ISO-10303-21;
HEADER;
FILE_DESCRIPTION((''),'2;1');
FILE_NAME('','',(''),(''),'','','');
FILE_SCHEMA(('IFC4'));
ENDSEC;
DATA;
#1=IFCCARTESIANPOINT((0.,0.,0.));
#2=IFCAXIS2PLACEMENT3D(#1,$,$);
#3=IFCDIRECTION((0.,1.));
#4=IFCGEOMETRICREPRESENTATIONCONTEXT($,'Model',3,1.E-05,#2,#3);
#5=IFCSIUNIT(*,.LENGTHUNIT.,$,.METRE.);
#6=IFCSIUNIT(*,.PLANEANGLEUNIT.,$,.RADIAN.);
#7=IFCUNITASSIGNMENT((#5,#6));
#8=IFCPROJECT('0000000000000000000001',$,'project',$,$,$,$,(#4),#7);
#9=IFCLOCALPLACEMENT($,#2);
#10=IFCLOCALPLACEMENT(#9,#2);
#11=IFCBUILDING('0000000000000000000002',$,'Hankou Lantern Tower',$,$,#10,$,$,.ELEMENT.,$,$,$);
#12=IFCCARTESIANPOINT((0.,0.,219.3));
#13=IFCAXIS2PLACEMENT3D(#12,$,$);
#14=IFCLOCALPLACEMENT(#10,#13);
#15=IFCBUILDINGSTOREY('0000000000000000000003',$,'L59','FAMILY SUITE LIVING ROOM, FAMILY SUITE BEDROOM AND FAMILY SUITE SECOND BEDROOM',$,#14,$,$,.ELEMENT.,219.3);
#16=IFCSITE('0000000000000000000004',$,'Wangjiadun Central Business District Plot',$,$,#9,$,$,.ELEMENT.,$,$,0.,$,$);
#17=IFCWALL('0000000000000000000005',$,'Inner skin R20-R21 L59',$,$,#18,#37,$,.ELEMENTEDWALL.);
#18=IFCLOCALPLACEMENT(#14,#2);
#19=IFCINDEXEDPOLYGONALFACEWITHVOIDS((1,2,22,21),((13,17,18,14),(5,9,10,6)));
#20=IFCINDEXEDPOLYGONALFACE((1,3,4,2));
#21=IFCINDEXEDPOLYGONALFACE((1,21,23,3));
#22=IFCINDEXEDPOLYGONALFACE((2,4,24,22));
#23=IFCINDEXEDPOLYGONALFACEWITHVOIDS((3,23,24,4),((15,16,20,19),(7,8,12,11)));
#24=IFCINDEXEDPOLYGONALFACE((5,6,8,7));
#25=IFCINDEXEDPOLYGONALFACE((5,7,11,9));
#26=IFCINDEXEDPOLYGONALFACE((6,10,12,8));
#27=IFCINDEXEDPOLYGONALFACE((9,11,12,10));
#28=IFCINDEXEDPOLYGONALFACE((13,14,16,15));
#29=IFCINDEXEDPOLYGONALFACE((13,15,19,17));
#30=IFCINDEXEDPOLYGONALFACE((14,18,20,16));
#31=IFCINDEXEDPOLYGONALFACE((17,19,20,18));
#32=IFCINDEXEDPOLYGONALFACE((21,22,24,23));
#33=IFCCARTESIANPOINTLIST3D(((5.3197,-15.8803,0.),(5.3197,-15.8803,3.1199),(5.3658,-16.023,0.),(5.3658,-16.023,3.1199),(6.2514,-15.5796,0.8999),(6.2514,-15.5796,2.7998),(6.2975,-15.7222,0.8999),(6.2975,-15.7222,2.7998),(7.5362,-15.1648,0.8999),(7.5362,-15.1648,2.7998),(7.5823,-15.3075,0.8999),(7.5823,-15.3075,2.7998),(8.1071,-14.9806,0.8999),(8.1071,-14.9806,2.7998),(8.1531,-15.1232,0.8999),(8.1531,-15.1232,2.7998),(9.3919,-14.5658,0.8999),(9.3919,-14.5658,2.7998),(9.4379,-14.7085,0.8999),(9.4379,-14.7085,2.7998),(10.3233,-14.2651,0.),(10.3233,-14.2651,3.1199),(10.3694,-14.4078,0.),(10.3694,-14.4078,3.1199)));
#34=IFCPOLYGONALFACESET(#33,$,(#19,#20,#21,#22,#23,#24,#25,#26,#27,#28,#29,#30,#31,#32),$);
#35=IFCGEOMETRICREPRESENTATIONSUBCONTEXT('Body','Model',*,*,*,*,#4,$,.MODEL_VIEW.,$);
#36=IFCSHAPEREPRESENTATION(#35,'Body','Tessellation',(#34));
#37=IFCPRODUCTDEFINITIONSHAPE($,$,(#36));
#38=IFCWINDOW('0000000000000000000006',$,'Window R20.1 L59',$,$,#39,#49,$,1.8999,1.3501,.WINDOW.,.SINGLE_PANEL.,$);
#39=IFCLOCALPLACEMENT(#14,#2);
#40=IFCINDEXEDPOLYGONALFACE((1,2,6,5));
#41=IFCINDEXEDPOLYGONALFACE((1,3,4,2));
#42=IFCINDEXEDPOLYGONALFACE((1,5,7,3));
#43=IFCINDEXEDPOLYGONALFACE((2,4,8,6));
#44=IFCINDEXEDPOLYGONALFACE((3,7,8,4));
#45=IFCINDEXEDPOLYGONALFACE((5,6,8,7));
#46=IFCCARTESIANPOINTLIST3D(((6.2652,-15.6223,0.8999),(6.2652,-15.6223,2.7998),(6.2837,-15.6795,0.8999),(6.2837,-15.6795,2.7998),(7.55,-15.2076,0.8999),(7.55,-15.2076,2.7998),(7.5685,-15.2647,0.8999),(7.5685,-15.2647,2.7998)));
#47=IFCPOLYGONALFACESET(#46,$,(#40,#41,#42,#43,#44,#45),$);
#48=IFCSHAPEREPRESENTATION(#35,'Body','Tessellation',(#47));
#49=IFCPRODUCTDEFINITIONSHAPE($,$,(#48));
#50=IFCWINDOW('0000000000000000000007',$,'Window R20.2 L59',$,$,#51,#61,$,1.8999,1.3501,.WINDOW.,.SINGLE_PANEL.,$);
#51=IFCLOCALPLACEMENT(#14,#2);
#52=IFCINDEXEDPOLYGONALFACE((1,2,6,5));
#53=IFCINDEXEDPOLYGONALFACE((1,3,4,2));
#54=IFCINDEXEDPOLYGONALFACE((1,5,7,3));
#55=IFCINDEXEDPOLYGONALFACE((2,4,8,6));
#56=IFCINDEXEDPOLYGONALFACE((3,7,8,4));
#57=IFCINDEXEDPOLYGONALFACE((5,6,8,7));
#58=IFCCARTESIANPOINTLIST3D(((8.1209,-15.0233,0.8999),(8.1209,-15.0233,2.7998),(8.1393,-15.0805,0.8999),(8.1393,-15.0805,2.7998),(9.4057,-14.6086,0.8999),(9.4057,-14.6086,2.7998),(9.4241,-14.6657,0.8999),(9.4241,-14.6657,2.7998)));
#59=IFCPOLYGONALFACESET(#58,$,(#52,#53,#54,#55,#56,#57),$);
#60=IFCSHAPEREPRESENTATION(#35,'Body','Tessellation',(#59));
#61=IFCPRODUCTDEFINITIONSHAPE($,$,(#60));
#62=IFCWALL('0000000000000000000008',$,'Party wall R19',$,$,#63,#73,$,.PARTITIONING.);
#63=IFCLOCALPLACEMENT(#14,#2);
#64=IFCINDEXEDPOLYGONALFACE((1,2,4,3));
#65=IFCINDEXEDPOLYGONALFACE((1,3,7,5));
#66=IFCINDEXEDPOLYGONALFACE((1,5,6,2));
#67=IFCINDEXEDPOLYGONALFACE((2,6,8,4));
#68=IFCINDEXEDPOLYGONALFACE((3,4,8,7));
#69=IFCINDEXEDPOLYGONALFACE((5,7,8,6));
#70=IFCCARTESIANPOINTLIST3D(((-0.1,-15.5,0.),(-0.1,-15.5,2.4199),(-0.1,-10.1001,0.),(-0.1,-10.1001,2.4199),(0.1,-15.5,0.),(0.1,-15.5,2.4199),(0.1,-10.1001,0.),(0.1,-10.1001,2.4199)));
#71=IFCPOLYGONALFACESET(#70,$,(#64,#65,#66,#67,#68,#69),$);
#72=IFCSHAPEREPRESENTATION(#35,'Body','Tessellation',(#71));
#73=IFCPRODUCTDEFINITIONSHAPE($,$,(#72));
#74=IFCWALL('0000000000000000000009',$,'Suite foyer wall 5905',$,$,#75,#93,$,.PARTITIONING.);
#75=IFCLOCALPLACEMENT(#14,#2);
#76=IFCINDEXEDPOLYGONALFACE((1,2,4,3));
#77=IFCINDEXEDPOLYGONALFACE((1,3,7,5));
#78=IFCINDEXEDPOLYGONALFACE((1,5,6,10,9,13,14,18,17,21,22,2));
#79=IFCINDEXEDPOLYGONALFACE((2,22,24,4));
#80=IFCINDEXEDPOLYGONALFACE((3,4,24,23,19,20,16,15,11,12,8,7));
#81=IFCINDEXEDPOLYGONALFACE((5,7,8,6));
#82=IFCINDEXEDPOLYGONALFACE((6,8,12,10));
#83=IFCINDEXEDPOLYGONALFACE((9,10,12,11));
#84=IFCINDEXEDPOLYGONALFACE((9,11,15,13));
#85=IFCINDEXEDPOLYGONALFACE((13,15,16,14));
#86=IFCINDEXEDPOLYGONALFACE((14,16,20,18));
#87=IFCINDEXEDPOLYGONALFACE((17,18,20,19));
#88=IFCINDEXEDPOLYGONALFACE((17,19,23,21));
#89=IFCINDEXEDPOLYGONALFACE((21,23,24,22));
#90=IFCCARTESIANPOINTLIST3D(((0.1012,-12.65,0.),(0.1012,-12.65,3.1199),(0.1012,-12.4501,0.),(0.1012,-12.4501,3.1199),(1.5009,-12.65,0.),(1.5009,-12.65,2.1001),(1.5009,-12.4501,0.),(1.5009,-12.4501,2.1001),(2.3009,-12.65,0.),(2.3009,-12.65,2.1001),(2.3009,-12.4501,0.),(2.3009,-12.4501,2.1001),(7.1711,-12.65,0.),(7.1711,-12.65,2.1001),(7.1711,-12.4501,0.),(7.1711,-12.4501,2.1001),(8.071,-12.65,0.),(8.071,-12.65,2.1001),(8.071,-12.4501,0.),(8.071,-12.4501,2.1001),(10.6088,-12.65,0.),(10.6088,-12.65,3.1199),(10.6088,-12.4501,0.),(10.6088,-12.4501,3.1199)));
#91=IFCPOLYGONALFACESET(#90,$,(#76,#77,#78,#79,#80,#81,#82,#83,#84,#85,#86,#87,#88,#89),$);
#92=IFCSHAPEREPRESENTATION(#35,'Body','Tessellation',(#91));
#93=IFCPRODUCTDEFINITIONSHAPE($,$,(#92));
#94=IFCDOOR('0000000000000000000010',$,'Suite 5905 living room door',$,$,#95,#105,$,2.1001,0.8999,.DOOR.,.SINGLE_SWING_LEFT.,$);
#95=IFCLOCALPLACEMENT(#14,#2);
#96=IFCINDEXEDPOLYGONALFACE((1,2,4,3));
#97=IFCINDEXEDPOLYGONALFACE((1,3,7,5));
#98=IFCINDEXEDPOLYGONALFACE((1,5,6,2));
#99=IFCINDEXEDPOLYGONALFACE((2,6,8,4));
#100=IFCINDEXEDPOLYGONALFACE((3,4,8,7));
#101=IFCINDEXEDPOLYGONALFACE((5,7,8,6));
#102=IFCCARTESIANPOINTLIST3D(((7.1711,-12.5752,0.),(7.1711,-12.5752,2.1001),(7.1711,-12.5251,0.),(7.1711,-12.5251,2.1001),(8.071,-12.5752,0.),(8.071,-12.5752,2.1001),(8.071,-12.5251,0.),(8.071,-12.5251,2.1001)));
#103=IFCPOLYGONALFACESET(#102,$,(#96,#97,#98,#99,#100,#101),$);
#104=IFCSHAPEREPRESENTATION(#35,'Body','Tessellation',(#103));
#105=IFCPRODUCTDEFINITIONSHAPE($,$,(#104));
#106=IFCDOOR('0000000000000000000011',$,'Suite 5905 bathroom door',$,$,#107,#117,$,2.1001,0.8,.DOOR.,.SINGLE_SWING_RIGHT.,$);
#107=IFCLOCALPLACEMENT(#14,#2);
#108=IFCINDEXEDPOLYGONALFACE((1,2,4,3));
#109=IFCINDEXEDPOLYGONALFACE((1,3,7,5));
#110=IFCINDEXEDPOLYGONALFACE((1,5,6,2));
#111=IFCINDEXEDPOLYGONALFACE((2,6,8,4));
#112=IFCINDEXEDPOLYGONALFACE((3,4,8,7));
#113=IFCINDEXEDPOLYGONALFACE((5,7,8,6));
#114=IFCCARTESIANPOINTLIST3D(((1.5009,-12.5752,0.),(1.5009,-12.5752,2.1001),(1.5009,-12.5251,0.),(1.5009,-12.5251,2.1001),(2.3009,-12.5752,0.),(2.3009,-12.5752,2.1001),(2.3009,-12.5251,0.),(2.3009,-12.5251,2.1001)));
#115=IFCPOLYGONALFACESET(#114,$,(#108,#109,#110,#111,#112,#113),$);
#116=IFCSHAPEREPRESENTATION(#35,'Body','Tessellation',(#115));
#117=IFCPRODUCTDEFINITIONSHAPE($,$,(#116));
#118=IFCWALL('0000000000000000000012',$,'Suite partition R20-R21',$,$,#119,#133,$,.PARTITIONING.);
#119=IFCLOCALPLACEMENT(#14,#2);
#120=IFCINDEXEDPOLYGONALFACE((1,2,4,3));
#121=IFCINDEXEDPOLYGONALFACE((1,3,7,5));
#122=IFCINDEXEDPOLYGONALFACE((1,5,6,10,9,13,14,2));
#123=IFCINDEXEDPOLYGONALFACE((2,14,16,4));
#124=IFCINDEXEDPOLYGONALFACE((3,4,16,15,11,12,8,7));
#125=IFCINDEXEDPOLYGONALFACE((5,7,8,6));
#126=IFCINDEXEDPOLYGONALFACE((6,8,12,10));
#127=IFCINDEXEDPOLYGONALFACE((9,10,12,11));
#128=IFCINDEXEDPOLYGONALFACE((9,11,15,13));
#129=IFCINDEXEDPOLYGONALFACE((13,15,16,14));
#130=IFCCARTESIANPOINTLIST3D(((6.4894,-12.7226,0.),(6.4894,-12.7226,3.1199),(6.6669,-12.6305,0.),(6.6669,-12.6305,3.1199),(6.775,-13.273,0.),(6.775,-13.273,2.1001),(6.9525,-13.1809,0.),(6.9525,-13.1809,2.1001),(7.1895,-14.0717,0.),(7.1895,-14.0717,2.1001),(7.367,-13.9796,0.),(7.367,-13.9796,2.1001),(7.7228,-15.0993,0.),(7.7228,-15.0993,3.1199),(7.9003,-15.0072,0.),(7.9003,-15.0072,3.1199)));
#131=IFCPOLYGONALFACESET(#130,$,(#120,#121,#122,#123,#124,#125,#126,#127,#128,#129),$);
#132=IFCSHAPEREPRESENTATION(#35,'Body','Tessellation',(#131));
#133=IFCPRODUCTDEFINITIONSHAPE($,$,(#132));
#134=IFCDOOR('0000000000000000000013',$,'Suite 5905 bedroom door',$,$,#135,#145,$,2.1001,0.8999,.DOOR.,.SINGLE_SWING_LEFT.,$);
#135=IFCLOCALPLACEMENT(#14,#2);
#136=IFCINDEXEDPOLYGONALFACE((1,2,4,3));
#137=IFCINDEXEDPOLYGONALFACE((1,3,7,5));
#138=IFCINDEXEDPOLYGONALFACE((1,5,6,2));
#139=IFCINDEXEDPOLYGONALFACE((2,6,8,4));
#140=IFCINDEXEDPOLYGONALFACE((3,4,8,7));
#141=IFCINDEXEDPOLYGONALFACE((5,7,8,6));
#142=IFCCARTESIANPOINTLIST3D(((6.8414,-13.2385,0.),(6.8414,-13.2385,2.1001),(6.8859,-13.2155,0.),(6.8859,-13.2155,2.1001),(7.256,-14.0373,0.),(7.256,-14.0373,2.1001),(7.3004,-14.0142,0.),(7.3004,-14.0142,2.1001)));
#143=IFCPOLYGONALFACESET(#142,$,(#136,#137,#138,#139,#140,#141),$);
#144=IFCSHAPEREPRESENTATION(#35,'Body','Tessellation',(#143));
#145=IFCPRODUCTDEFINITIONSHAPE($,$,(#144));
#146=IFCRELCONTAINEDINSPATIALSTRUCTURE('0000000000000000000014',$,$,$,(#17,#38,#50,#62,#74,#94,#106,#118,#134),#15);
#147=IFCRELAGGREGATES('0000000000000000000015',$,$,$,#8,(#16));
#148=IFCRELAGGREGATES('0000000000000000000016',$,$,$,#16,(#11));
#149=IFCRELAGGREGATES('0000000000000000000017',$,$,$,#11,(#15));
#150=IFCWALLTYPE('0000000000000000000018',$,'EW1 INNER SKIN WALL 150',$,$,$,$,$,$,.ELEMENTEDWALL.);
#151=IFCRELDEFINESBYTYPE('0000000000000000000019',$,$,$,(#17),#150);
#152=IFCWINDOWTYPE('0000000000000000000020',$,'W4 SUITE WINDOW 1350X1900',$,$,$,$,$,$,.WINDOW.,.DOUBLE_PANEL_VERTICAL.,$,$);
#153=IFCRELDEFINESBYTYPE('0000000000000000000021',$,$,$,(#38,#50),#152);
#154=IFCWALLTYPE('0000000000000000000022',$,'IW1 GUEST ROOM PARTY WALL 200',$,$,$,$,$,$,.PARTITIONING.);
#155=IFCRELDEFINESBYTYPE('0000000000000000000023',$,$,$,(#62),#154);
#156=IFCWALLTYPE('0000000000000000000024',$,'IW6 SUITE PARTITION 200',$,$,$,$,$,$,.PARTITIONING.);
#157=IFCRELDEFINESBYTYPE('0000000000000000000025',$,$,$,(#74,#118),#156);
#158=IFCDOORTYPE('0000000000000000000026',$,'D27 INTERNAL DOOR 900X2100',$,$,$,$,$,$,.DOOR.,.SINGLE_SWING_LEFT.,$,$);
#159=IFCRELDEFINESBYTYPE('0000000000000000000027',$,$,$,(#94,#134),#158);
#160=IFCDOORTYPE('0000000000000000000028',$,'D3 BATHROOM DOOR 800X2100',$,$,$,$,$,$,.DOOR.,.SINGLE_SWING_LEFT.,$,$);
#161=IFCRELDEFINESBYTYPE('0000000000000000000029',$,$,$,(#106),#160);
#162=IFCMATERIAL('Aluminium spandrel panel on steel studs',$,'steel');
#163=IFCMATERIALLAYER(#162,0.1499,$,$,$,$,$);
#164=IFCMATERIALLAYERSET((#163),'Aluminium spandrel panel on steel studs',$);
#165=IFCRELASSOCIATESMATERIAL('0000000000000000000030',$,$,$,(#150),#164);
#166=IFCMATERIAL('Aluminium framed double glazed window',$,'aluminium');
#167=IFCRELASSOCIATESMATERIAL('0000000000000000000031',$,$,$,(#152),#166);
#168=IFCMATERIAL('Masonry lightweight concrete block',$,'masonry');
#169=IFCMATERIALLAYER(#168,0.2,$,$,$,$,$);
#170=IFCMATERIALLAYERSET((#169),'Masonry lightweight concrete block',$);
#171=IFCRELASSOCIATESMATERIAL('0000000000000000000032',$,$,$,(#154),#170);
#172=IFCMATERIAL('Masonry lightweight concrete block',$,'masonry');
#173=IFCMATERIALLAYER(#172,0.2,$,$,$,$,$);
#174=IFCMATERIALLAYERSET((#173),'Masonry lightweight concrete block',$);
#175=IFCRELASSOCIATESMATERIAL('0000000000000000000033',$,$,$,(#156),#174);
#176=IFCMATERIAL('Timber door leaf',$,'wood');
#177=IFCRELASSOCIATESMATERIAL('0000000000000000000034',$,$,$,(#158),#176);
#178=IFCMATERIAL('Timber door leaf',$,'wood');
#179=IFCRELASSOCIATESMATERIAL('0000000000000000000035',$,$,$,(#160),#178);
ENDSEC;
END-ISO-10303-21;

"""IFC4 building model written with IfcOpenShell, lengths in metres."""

from ifc_helpers import new_model, si_unit, direction, frame, frame_2d, origin, place, context, subcontext, project, spatial, rectangle, extrude, material, layer, layer_set, type_object, element, fill, save


model = new_model("IFC4")

# Units and contexts
model_context = context("Model", 3, precision=1e-05, world=origin(), true_north=direction((0.0, 1.0)))
body_context = subcontext(model_context, "Body", "Model", "MODEL_VIEW")
ifc_project = project(units=[si_unit("LENGTHUNIT", "METRE"), si_unit("PLANEANGLEUNIT", "RADIAN")], contexts=[model_context])

# Site, building, storey
site_placement = place(None, origin())
site = spatial("IfcSite", under=ifc_project, at=site_placement, Name="Wangjiadun Central Business District Plot", CompositionType="ELEMENT", RefElevation=0.0)
building_placement = place(site_placement, origin())
building = spatial("IfcBuilding", under=site, at=building_placement, Name="Hankou Lantern Tower", CompositionType="ELEMENT")
storey_placement = place(building_placement, frame((0.0, 0.0, 219.3)))
storey = spatial("IfcBuildingStorey", under=building, at=storey_placement, Name="L59", Description="FAMILY SUITE LIVING ROOM, FAMILY SUITE BEDROOM AND FAMILY SUITE SECOND BEDROOM", CompositionType="ELEMENT", Elevation=219.3)

# Wall, openings, windows
ifc_material_1 = material(Name="Aluminium spandrel panel on steel studs", Category="steel")
ifc_layer_1 = layer(ifc_material_1, 0.1499)
ifc_layer_set_1 = layer_set([ifc_layer_1], Name="Aluminium spandrel panel on steel studs")
wall_type_1 = type_object("IfcWallType", Name="EW1 INNER SKIN WALL 150", PredefinedType="ELEMENTEDWALL", material=ifc_layer_set_1)
ifc_material_2 = material(Name="Aluminium framed double glazed window", Category="aluminium")
window_type = type_object("IfcWindowType", Name="W4 SUITE WINDOW 1350X1900", PartitioningType="DOUBLE_PANEL_VERTICAL", PredefinedType="WINDOW", material=ifc_material_2)
wall_1_placement = place(storey_placement, frame((5.3428, -15.9517, 0.0), z_axis=(0.0, 0.0, 1.0), x_axis=(0.951645, 0.307201, 0.0)))
wall_1 = element("IfcWall", 1, at=wall_1_placement, inside=storey, type_object=wall_type_1, Name="Inner skin R20-R21 L59", PredefinedType="ELEMENTEDWALL", context=body_context, shape_type="SweptSolid", body=[
    extrude(rectangle(XDim=5.2578, YDim=0.1499, at=frame_2d((2.6289, 0.0))), origin(), (0.0, 0.0, 1.0), 3.1199),
])
opening_1_placement = place(wall_1_placement, frame((0.979, 0.0, 0.8999)))
opening_1 = element("IfcOpeningElement", 2, at=opening_1_placement, cuts=wall_1, PredefinedType="OPENING", context=body_context, shape_type="SweptSolid", body=[
    extrude(rectangle(XDim=1.3501, YDim=1.8999, at=frame_2d((0.675, 0.95))), frame((0.0, 0.085, 0.0), z_axis=(0.0, -1.0, 0.0), x_axis=(1.0, 0.0, 0.0)), (0.0, 0.0, 1.0), 0.1699),
])
opening_2_placement = place(wall_1_placement, frame((2.929, 0.0, 0.8999)))
opening_2 = element("IfcOpeningElement", 3, at=opening_2_placement, cuts=wall_1, PredefinedType="OPENING", context=body_context, shape_type="SweptSolid", body=[
    extrude(rectangle(XDim=1.3501, YDim=1.8999, at=frame_2d((0.675, 0.95))), frame((0.0, 0.085, 0.0), z_axis=(0.0, -1.0, 0.0), x_axis=(1.0, 0.0, 0.0)), (0.0, 0.0, 1.0), 0.1699),
])
window_1_placement = place(opening_1_placement, origin())
window_1 = element("IfcWindow", 4, at=window_1_placement, inside=storey, type_object=window_type, Name="Window R20.1 L59", OverallHeight=1.8999, OverallWidth=1.3501, PartitioningType="SINGLE_PANEL", PredefinedType="WINDOW", context=body_context, shape_type="SweptSolid", body=[
    extrude(rectangle(XDim=1.3501, YDim=1.8999, at=frame_2d((0.675, 0.95))), frame((0.0, 0.03, 0.0), z_axis=(0.0, -1.0, 0.0), x_axis=(1.0, 0.0, 0.0)), (0.0, 0.0, 1.0), 0.0601),
])
fill(opening_1, window_1)
window_2_placement = place(opening_2_placement, origin())
window_2 = element("IfcWindow", 5, at=window_2_placement, inside=storey, type_object=window_type, Name="Window R20.2 L59", OverallHeight=1.8999, OverallWidth=1.3501, PartitioningType="SINGLE_PANEL", PredefinedType="WINDOW", context=body_context, shape_type="SweptSolid", body=[
    extrude(rectangle(XDim=1.3501, YDim=1.8999, at=frame_2d((0.675, 0.95))), frame((0.0, 0.03, 0.0), z_axis=(0.0, -1.0, 0.0), x_axis=(1.0, 0.0, 0.0)), (0.0, 0.0, 1.0), 0.0601),
])
fill(opening_2, window_2)

# Wall
ifc_material_3 = material(Name="Masonry lightweight concrete block", Category="masonry")
ifc_layer_2 = layer(ifc_material_3, 0.2)
ifc_layer_set_2 = layer_set([ifc_layer_2], Name="Masonry lightweight concrete block")
wall_type_2 = type_object("IfcWallType", Name="IW1 GUEST ROOM PARTY WALL 200", PredefinedType="PARTITIONING", material=ifc_layer_set_2)
wall_2_placement = place(storey_placement, frame((0.0, -10.1001, 0.0), z_axis=(0.0, 0.0, 1.0), x_axis=(0.0, -1.0, 0.0)))
element("IfcWall", 6, at=wall_2_placement, inside=storey, type_object=wall_type_2, Name="Party wall R19", PredefinedType="PARTITIONING", context=body_context, shape_type="SweptSolid", body=[
    extrude(rectangle(XDim=5.3999, YDim=0.2, at=frame_2d((2.7, 0.0))), origin(), (0.0, 0.0, 1.0), 2.4199),
])

# Wall, openings, doors
ifc_material_4 = material(Name="Masonry lightweight concrete block", Category="masonry")
ifc_layer_3 = layer(ifc_material_4, 0.2)
ifc_layer_set_3 = layer_set([ifc_layer_3], Name="Masonry lightweight concrete block")
wall_type_3 = type_object("IfcWallType", Name="IW6 SUITE PARTITION 200", PredefinedType="PARTITIONING", material=ifc_layer_set_3)
wall_3_placement = place(storey_placement, frame((0.1011, -12.55, 0.0), z_axis=(0.0, 0.0, 1.0), x_axis=(1.0, 0.0, 0.0)))
wall_3 = element("IfcWall", 7, at=wall_3_placement, inside=storey, type_object=wall_type_3, Name="Suite foyer wall 5905", PredefinedType="PARTITIONING", context=body_context, shape_type="SweptSolid", body=[
    extrude(rectangle(XDim=10.5076, YDim=0.2, at=frame_2d((5.2539, 0.0))), origin(), (0.0, 0.0, 1.0), 3.1199),
])
opening_3_placement = place(wall_3_placement, frame((1.3999, 0.0, 0.0)))
opening_3 = element("IfcOpeningElement", 8, at=opening_3_placement, cuts=wall_3, PredefinedType="OPENING", context=body_context, shape_type="SweptSolid", body=[
    extrude(rectangle(XDim=0.8, YDim=2.1001, at=frame_2d((0.3999, 1.05))), frame((0.0, 0.1099, 0.0), z_axis=(0.0, -1.0, 0.0), x_axis=(1.0, 0.0, 0.0)), (0.0, 0.0, 1.0), 0.22),
])
opening_4_placement = place(wall_3_placement, frame((7.0701, 0.0, 0.0)))
opening_4 = element("IfcOpeningElement", 9, at=opening_4_placement, cuts=wall_3, PredefinedType="OPENING", context=body_context, shape_type="SweptSolid", body=[
    extrude(rectangle(XDim=0.8999, YDim=2.1001, at=frame_2d((0.45, 1.05))), frame((0.0, 0.1099, 0.0), z_axis=(0.0, -1.0, 0.0), x_axis=(1.0, 0.0, 0.0)), (0.0, 0.0, 1.0), 0.22),
])
ifc_material_5 = material(Name="Timber door leaf", Category="wood")
door_type_1 = type_object("IfcDoorType", Name="D27 INTERNAL DOOR 900X2100", OperationType="SINGLE_SWING_LEFT", PredefinedType="DOOR", material=ifc_material_5)
door_1_placement = place(opening_4_placement, origin())
door_1 = element("IfcDoor", 10, at=door_1_placement, inside=storey, type_object=door_type_1, Name="Suite 5905 living room door", OperationType="SINGLE_SWING_LEFT", OverallHeight=2.1001, OverallWidth=0.8999, PredefinedType="DOOR", context=body_context, shape_type="SweptSolid", body=[
    extrude(rectangle(XDim=0.8999, YDim=2.1001, at=frame_2d((0.45, 1.05))), frame((0.0, 0.0249, 0.0), z_axis=(0.0, -1.0, 0.0), x_axis=(1.0, 0.0, 0.0)), (0.0, 0.0, 1.0), 0.05),
])
fill(opening_4, door_1)
ifc_material_6 = material(Name="Timber door leaf", Category="wood")
door_type_2 = type_object("IfcDoorType", Name="D3 BATHROOM DOOR 800X2100", OperationType="SINGLE_SWING_LEFT", PredefinedType="DOOR", material=ifc_material_6)
door_2_placement = place(opening_3_placement, origin())
door_2 = element("IfcDoor", 11, at=door_2_placement, inside=storey, type_object=door_type_2, Name="Suite 5905 bathroom door", OperationType="SINGLE_SWING_RIGHT", OverallHeight=2.1001, OverallWidth=0.8, PredefinedType="DOOR", context=body_context, shape_type="SweptSolid", body=[
    extrude(rectangle(XDim=0.8, YDim=2.1001, at=frame_2d((0.3999, 1.05))), frame((0.0, 0.0249, 0.0), z_axis=(0.0, -1.0, 0.0), x_axis=(1.0, 0.0, 0.0)), (0.0, 0.0, 1.0), 0.05),
])
fill(opening_3, door_2)

# Wall, opening, door
wall_4_placement = place(storey_placement, frame((6.5781, -12.6765, 0.0), z_axis=(0.0, 0.0, 1.0), x_axis=(0.460621, -0.887597, 0.0)))
wall_4 = element("IfcWall", 12, at=wall_4_placement, inside=storey, type_object=wall_type_3, Name="Suite partition R20-R21", PredefinedType="PARTITIONING", context=body_context, shape_type="SweptSolid", body=[
    extrude(rectangle(XDim=2.6777, YDim=0.2, at=frame_2d((1.3389, 0.0))), origin(), (0.0, 0.0, 1.0), 3.1199),
])
opening_5_placement = place(wall_4_placement, frame((0.6201, 0.0, 0.0)))
opening_5 = element("IfcOpeningElement", 13, at=opening_5_placement, cuts=wall_4, PredefinedType="OPENING", context=body_context, shape_type="SweptSolid", body=[
    extrude(rectangle(XDim=0.8999, YDim=2.1001, at=frame_2d((0.45, 1.05))), frame((0.0, 0.1099, 0.0), z_axis=(0.0, -1.0, 0.0), x_axis=(1.0, 0.0, 0.0)), (0.0, 0.0, 1.0), 0.22),
])
door_3_placement = place(opening_5_placement, origin())
door_3 = element("IfcDoor", 14, at=door_3_placement, inside=storey, type_object=door_type_1, Name="Suite 5905 bedroom door", OperationType="SINGLE_SWING_LEFT", OverallHeight=2.1001, OverallWidth=0.8999, PredefinedType="DOOR", context=body_context, shape_type="SweptSolid", body=[
    extrude(rectangle(XDim=0.8999, YDim=2.1001, at=frame_2d((0.45, 1.05))), frame((0.0, 0.0249, 0.0), z_axis=(0.0, -1.0, 0.0), x_axis=(1.0, 0.0, 0.0)), (0.0, 0.0, 1.0), 0.05),
])
fill(opening_5, door_3)

save(model, "model.ifc")
